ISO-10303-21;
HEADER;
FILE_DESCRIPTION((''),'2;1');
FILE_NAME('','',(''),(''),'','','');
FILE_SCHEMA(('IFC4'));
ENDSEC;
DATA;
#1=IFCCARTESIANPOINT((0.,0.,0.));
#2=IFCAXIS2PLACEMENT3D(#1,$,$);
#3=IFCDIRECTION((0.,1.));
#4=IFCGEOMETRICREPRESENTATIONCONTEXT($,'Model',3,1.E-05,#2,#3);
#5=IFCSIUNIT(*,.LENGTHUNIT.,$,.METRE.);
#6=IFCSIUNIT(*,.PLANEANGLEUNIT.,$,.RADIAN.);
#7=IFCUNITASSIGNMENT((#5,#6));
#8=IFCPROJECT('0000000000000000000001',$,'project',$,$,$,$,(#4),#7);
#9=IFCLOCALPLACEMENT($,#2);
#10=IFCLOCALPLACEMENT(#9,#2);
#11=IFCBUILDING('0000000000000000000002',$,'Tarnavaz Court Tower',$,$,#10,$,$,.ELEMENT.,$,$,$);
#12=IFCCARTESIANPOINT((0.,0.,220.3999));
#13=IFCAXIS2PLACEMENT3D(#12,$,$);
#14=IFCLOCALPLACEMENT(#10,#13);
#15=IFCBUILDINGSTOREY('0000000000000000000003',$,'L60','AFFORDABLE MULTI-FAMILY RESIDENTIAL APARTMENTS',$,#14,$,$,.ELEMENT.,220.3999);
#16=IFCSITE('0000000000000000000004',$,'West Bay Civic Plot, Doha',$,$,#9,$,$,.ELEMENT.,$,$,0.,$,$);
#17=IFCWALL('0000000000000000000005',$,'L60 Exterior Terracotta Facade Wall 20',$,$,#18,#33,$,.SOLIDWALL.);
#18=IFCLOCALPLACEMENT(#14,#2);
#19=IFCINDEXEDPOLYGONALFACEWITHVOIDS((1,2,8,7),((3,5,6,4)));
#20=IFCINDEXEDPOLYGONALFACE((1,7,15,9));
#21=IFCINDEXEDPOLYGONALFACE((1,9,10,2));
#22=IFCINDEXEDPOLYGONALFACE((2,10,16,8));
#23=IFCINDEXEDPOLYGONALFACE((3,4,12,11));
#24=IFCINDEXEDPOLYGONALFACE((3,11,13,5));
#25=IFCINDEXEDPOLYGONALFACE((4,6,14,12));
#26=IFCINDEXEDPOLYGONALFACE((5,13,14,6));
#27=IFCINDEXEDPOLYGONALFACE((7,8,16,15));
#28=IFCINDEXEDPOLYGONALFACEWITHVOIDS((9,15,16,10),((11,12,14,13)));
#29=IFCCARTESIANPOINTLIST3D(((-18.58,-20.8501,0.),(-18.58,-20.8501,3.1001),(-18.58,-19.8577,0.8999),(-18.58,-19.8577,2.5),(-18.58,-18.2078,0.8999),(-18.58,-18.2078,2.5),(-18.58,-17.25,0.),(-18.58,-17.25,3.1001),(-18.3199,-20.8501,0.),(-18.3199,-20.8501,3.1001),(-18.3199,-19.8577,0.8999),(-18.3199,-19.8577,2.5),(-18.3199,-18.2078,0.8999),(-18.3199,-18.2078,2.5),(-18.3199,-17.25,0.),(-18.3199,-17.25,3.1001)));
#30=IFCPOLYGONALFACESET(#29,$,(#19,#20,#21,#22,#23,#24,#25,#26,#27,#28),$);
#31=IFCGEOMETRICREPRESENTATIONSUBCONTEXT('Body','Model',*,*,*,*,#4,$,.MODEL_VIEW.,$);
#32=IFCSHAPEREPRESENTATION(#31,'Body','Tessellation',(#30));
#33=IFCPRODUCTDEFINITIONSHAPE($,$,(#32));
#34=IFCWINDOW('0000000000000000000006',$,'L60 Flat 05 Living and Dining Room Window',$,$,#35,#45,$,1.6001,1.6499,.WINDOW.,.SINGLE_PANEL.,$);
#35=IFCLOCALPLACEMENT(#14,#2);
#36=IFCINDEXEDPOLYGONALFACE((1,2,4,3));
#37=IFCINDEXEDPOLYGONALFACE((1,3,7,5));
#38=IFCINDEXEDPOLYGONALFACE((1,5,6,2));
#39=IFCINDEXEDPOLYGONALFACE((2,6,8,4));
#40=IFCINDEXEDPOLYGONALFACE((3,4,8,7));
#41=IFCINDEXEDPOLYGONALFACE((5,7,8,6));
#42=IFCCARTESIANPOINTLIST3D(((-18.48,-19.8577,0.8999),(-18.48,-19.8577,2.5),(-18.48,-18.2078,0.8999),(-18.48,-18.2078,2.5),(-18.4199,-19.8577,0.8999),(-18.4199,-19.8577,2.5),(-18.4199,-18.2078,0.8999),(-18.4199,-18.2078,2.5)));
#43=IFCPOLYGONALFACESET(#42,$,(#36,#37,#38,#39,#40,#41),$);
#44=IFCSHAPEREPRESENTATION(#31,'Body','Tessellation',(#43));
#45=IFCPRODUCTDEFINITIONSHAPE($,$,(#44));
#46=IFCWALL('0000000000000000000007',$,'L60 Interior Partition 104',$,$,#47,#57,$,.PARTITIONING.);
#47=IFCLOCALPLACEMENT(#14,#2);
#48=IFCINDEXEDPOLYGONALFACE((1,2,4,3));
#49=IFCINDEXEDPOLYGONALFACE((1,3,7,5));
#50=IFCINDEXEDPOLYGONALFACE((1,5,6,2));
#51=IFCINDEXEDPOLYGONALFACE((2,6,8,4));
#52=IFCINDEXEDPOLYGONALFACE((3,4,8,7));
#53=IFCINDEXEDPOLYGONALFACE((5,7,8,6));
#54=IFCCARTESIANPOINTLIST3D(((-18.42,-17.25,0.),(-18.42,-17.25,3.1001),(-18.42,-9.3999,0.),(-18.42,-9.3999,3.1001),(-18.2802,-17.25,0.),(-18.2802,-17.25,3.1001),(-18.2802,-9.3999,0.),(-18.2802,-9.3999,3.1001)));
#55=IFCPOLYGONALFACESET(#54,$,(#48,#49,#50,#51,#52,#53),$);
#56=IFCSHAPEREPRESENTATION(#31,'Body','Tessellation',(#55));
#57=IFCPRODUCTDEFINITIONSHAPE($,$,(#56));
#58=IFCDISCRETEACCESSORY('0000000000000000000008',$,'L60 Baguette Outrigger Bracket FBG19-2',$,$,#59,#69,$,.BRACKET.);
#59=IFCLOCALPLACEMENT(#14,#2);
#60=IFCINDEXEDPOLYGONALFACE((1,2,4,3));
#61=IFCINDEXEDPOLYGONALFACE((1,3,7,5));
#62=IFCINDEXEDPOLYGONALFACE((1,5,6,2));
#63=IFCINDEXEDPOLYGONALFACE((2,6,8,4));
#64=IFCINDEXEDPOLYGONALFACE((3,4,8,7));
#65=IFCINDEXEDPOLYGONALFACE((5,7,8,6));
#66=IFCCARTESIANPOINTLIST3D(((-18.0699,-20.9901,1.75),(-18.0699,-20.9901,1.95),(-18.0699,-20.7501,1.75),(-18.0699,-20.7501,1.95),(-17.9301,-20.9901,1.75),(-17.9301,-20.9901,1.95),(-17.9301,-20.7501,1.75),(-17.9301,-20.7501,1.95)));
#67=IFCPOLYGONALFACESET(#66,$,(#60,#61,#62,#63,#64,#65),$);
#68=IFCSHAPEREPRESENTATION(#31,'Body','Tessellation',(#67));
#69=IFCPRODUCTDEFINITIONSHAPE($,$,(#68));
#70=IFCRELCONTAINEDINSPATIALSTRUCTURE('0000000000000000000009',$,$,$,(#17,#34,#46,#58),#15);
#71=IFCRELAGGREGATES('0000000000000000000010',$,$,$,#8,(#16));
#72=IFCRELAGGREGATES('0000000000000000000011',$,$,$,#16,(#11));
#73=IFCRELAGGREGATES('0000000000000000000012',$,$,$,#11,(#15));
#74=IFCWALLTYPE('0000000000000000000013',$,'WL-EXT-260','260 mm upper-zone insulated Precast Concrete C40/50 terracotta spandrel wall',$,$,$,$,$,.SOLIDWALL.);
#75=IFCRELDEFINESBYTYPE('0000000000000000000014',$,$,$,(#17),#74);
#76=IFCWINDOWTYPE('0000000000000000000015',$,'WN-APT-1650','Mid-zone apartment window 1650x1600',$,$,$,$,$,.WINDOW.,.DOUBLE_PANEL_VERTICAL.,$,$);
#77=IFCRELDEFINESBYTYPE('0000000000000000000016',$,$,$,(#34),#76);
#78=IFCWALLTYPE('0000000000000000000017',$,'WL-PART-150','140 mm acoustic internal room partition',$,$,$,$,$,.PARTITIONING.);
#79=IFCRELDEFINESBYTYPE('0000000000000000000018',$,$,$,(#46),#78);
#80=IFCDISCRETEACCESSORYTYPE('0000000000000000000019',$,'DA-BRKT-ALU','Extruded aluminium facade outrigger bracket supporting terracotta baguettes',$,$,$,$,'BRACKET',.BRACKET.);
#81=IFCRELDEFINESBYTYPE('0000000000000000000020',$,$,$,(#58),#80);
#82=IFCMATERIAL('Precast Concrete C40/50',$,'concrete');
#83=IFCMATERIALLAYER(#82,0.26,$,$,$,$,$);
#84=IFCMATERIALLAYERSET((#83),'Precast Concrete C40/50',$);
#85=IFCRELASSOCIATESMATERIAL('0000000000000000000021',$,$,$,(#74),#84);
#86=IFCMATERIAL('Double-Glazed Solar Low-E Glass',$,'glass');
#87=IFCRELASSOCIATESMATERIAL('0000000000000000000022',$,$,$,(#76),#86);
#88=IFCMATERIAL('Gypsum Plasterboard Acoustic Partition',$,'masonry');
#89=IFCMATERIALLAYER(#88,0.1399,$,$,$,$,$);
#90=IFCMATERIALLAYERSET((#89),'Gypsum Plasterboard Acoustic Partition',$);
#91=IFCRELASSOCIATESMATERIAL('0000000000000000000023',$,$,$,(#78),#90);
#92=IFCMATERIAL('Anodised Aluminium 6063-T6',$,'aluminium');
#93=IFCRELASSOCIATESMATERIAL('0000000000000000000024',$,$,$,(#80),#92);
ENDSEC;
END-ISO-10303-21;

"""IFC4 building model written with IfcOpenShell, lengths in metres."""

from ifc_helpers import new_model, si_unit, direction, frame, frame_2d, origin, origin_2d, place, context, subcontext, project, spatial, rectangle, extrude, material, layer, layer_set, type_object, element, fill, save


model = new_model("IFC4")

# Units and contexts
model_context = context("Model", 3, precision=1e-05, world=origin(), true_north=direction((0.0, 1.0)))
body_context = subcontext(model_context, "Body", "Model", "MODEL_VIEW")
ifc_project = project(units=[si_unit("LENGTHUNIT", "METRE"), si_unit("PLANEANGLEUNIT", "RADIAN")], contexts=[model_context])

# Site, building, storey
site_placement = place(None, origin())
site = spatial("IfcSite", under=ifc_project, at=site_placement, Name="West Bay Civic Plot, Doha", CompositionType="ELEMENT", RefElevation=0.0)
building_placement = place(site_placement, origin())
building = spatial("IfcBuilding", under=site, at=building_placement, Name="Tarnavaz Court Tower", CompositionType="ELEMENT")
storey_placement = place(building_placement, frame((0.0, 0.0, 220.3999)))
storey = spatial("IfcBuildingStorey", under=building, at=storey_placement, Name="L60", Description="AFFORDABLE MULTI-FAMILY RESIDENTIAL APARTMENTS", CompositionType="ELEMENT", Elevation=220.3999)

# Shared definitions
ifc_material_1 = material(Name="Precast Concrete C40/50", Category="concrete")
ifc_layer_1 = layer(ifc_material_1, 0.26)
ifc_layer_set_1 = layer_set([ifc_layer_1], Name="Precast Concrete C40/50")
wall_type_1 = type_object("IfcWallType", Name="WL-EXT-260", Description="260 mm upper-zone insulated Precast Concrete C40/50 terracotta spandrel wall", PredefinedType="SOLIDWALL", material=ifc_layer_set_1)
ifc_material_2 = material(Name="Double-Glazed Solar Low-E Glass", Category="glass")

# Shared definitions
window_type_1 = type_object("IfcWindowType", Name="WN-APT-1650", Description="Mid-zone apartment window 1650x1600", PartitioningType="DOUBLE_PANEL_VERTICAL", PredefinedType="WINDOW", material=ifc_material_2)

# Wall, opening, window
wall_1_placement = place(storey_placement, frame((-18.45, -20.8501, 0.0), z_axis=(0.0, 0.0, 1.0), x_axis=(0.0, 1.0, 0.0)))
wall_1 = element("IfcWall", 1, at=wall_1_placement, inside=storey, type_object=wall_type_1, Name="L60 Exterior Terracotta Facade Wall 20", PredefinedType="SOLIDWALL", context=body_context, shape_type="SweptSolid", body=[
    extrude(rectangle(XDim=3.6001, YDim=0.26, at=frame_2d((1.8, 0.0))), origin(), (0.0, 0.0, 1.0), 3.1001),
])
opening_1_placement = place(wall_1_placement, frame((0.9924, 0.0, 0.8999)))
opening_1 = element("IfcOpeningElement", 2, at=opening_1_placement, cuts=wall_1, PredefinedType="OPENING", context=body_context, shape_type="SweptSolid", body=[
    extrude(rectangle(XDim=1.6499, YDim=1.6001, at=frame_2d((0.825, 0.8))), frame((0.0, 0.1399, 0.0), z_axis=(0.0, -1.0, 0.0), x_axis=(1.0, 0.0, 0.0)), (0.0, 0.0, 1.0), 0.28),
])
window_1_placement = place(opening_1_placement, origin())
window_1 = element("IfcWindow", 3, at=window_1_placement, inside=storey, type_object=window_type_1, Name="L60 Flat 05 Living and Dining Room Window", OverallHeight=1.6001, OverallWidth=1.6499, PartitioningType="SINGLE_PANEL", PredefinedType="WINDOW", context=body_context, shape_type="SweptSolid", body=[
    extrude(rectangle(XDim=1.6499, YDim=1.6001, at=frame_2d((0.825, 0.8))), frame((0.0, 0.03, 0.0), z_axis=(0.0, -1.0, 0.0), x_axis=(1.0, 0.0, 0.0)), (0.0, 0.0, 1.0), 0.0601),
])
fill(opening_1, window_1)

# Wall
ifc_material_3 = material(Name="Gypsum Plasterboard Acoustic Partition", Category="masonry")
ifc_layer_2 = layer(ifc_material_3, 0.1399)
ifc_layer_set_2 = layer_set([ifc_layer_2], Name="Gypsum Plasterboard Acoustic Partition")
wall_type_2 = type_object("IfcWallType", Name="WL-PART-150", Description="140 mm acoustic internal room partition", PredefinedType="PARTITIONING", material=ifc_layer_set_2)
wall_2_placement = place(storey_placement, frame((-18.3501, -17.25, 0.0), z_axis=(0.0, 0.0, 1.0), x_axis=(0.0, 1.0, 0.0)))
element("IfcWall", 4, at=wall_2_placement, inside=storey, type_object=wall_type_2, Name="L60 Interior Partition 104", PredefinedType="PARTITIONING", context=body_context, shape_type="SweptSolid", body=[
    extrude(rectangle(XDim=7.8501, YDim=0.1399, at=frame_2d((3.925, 0.0))), origin(), (0.0, 0.0, 1.0), 3.1001),
])

# Discrete accessory
ifc_material_4 = material(Name="Anodised Aluminium 6063-T6", Category="aluminium")
discrete_accessory_type = type_object("IfcDiscreteAccessoryType", Name="DA-BRKT-ALU", Description="Extruded aluminium facade outrigger bracket supporting terracotta baguettes", ElementType="BRACKET", PredefinedType="BRACKET", material=ifc_material_4)
discrete_accessory_placement = place(storey_placement, frame((-18.0, -20.8701, 1.75), z_axis=(0.0, 0.0, 1.0), x_axis=(-1.0, 0.0, 0.0)))
element("IfcDiscreteAccessory", 5, at=discrete_accessory_placement, inside=storey, type_object=discrete_accessory_type, Name="L60 Baguette Outrigger Bracket FBG19-2", PredefinedType="BRACKET", context=body_context, shape_type="SweptSolid", body=[
    extrude(rectangle(XDim=0.1399, YDim=0.24, at=origin_2d()), origin(), (0.0, 0.0, 1.0), 0.2),
])

save(model, "model.ifc")
